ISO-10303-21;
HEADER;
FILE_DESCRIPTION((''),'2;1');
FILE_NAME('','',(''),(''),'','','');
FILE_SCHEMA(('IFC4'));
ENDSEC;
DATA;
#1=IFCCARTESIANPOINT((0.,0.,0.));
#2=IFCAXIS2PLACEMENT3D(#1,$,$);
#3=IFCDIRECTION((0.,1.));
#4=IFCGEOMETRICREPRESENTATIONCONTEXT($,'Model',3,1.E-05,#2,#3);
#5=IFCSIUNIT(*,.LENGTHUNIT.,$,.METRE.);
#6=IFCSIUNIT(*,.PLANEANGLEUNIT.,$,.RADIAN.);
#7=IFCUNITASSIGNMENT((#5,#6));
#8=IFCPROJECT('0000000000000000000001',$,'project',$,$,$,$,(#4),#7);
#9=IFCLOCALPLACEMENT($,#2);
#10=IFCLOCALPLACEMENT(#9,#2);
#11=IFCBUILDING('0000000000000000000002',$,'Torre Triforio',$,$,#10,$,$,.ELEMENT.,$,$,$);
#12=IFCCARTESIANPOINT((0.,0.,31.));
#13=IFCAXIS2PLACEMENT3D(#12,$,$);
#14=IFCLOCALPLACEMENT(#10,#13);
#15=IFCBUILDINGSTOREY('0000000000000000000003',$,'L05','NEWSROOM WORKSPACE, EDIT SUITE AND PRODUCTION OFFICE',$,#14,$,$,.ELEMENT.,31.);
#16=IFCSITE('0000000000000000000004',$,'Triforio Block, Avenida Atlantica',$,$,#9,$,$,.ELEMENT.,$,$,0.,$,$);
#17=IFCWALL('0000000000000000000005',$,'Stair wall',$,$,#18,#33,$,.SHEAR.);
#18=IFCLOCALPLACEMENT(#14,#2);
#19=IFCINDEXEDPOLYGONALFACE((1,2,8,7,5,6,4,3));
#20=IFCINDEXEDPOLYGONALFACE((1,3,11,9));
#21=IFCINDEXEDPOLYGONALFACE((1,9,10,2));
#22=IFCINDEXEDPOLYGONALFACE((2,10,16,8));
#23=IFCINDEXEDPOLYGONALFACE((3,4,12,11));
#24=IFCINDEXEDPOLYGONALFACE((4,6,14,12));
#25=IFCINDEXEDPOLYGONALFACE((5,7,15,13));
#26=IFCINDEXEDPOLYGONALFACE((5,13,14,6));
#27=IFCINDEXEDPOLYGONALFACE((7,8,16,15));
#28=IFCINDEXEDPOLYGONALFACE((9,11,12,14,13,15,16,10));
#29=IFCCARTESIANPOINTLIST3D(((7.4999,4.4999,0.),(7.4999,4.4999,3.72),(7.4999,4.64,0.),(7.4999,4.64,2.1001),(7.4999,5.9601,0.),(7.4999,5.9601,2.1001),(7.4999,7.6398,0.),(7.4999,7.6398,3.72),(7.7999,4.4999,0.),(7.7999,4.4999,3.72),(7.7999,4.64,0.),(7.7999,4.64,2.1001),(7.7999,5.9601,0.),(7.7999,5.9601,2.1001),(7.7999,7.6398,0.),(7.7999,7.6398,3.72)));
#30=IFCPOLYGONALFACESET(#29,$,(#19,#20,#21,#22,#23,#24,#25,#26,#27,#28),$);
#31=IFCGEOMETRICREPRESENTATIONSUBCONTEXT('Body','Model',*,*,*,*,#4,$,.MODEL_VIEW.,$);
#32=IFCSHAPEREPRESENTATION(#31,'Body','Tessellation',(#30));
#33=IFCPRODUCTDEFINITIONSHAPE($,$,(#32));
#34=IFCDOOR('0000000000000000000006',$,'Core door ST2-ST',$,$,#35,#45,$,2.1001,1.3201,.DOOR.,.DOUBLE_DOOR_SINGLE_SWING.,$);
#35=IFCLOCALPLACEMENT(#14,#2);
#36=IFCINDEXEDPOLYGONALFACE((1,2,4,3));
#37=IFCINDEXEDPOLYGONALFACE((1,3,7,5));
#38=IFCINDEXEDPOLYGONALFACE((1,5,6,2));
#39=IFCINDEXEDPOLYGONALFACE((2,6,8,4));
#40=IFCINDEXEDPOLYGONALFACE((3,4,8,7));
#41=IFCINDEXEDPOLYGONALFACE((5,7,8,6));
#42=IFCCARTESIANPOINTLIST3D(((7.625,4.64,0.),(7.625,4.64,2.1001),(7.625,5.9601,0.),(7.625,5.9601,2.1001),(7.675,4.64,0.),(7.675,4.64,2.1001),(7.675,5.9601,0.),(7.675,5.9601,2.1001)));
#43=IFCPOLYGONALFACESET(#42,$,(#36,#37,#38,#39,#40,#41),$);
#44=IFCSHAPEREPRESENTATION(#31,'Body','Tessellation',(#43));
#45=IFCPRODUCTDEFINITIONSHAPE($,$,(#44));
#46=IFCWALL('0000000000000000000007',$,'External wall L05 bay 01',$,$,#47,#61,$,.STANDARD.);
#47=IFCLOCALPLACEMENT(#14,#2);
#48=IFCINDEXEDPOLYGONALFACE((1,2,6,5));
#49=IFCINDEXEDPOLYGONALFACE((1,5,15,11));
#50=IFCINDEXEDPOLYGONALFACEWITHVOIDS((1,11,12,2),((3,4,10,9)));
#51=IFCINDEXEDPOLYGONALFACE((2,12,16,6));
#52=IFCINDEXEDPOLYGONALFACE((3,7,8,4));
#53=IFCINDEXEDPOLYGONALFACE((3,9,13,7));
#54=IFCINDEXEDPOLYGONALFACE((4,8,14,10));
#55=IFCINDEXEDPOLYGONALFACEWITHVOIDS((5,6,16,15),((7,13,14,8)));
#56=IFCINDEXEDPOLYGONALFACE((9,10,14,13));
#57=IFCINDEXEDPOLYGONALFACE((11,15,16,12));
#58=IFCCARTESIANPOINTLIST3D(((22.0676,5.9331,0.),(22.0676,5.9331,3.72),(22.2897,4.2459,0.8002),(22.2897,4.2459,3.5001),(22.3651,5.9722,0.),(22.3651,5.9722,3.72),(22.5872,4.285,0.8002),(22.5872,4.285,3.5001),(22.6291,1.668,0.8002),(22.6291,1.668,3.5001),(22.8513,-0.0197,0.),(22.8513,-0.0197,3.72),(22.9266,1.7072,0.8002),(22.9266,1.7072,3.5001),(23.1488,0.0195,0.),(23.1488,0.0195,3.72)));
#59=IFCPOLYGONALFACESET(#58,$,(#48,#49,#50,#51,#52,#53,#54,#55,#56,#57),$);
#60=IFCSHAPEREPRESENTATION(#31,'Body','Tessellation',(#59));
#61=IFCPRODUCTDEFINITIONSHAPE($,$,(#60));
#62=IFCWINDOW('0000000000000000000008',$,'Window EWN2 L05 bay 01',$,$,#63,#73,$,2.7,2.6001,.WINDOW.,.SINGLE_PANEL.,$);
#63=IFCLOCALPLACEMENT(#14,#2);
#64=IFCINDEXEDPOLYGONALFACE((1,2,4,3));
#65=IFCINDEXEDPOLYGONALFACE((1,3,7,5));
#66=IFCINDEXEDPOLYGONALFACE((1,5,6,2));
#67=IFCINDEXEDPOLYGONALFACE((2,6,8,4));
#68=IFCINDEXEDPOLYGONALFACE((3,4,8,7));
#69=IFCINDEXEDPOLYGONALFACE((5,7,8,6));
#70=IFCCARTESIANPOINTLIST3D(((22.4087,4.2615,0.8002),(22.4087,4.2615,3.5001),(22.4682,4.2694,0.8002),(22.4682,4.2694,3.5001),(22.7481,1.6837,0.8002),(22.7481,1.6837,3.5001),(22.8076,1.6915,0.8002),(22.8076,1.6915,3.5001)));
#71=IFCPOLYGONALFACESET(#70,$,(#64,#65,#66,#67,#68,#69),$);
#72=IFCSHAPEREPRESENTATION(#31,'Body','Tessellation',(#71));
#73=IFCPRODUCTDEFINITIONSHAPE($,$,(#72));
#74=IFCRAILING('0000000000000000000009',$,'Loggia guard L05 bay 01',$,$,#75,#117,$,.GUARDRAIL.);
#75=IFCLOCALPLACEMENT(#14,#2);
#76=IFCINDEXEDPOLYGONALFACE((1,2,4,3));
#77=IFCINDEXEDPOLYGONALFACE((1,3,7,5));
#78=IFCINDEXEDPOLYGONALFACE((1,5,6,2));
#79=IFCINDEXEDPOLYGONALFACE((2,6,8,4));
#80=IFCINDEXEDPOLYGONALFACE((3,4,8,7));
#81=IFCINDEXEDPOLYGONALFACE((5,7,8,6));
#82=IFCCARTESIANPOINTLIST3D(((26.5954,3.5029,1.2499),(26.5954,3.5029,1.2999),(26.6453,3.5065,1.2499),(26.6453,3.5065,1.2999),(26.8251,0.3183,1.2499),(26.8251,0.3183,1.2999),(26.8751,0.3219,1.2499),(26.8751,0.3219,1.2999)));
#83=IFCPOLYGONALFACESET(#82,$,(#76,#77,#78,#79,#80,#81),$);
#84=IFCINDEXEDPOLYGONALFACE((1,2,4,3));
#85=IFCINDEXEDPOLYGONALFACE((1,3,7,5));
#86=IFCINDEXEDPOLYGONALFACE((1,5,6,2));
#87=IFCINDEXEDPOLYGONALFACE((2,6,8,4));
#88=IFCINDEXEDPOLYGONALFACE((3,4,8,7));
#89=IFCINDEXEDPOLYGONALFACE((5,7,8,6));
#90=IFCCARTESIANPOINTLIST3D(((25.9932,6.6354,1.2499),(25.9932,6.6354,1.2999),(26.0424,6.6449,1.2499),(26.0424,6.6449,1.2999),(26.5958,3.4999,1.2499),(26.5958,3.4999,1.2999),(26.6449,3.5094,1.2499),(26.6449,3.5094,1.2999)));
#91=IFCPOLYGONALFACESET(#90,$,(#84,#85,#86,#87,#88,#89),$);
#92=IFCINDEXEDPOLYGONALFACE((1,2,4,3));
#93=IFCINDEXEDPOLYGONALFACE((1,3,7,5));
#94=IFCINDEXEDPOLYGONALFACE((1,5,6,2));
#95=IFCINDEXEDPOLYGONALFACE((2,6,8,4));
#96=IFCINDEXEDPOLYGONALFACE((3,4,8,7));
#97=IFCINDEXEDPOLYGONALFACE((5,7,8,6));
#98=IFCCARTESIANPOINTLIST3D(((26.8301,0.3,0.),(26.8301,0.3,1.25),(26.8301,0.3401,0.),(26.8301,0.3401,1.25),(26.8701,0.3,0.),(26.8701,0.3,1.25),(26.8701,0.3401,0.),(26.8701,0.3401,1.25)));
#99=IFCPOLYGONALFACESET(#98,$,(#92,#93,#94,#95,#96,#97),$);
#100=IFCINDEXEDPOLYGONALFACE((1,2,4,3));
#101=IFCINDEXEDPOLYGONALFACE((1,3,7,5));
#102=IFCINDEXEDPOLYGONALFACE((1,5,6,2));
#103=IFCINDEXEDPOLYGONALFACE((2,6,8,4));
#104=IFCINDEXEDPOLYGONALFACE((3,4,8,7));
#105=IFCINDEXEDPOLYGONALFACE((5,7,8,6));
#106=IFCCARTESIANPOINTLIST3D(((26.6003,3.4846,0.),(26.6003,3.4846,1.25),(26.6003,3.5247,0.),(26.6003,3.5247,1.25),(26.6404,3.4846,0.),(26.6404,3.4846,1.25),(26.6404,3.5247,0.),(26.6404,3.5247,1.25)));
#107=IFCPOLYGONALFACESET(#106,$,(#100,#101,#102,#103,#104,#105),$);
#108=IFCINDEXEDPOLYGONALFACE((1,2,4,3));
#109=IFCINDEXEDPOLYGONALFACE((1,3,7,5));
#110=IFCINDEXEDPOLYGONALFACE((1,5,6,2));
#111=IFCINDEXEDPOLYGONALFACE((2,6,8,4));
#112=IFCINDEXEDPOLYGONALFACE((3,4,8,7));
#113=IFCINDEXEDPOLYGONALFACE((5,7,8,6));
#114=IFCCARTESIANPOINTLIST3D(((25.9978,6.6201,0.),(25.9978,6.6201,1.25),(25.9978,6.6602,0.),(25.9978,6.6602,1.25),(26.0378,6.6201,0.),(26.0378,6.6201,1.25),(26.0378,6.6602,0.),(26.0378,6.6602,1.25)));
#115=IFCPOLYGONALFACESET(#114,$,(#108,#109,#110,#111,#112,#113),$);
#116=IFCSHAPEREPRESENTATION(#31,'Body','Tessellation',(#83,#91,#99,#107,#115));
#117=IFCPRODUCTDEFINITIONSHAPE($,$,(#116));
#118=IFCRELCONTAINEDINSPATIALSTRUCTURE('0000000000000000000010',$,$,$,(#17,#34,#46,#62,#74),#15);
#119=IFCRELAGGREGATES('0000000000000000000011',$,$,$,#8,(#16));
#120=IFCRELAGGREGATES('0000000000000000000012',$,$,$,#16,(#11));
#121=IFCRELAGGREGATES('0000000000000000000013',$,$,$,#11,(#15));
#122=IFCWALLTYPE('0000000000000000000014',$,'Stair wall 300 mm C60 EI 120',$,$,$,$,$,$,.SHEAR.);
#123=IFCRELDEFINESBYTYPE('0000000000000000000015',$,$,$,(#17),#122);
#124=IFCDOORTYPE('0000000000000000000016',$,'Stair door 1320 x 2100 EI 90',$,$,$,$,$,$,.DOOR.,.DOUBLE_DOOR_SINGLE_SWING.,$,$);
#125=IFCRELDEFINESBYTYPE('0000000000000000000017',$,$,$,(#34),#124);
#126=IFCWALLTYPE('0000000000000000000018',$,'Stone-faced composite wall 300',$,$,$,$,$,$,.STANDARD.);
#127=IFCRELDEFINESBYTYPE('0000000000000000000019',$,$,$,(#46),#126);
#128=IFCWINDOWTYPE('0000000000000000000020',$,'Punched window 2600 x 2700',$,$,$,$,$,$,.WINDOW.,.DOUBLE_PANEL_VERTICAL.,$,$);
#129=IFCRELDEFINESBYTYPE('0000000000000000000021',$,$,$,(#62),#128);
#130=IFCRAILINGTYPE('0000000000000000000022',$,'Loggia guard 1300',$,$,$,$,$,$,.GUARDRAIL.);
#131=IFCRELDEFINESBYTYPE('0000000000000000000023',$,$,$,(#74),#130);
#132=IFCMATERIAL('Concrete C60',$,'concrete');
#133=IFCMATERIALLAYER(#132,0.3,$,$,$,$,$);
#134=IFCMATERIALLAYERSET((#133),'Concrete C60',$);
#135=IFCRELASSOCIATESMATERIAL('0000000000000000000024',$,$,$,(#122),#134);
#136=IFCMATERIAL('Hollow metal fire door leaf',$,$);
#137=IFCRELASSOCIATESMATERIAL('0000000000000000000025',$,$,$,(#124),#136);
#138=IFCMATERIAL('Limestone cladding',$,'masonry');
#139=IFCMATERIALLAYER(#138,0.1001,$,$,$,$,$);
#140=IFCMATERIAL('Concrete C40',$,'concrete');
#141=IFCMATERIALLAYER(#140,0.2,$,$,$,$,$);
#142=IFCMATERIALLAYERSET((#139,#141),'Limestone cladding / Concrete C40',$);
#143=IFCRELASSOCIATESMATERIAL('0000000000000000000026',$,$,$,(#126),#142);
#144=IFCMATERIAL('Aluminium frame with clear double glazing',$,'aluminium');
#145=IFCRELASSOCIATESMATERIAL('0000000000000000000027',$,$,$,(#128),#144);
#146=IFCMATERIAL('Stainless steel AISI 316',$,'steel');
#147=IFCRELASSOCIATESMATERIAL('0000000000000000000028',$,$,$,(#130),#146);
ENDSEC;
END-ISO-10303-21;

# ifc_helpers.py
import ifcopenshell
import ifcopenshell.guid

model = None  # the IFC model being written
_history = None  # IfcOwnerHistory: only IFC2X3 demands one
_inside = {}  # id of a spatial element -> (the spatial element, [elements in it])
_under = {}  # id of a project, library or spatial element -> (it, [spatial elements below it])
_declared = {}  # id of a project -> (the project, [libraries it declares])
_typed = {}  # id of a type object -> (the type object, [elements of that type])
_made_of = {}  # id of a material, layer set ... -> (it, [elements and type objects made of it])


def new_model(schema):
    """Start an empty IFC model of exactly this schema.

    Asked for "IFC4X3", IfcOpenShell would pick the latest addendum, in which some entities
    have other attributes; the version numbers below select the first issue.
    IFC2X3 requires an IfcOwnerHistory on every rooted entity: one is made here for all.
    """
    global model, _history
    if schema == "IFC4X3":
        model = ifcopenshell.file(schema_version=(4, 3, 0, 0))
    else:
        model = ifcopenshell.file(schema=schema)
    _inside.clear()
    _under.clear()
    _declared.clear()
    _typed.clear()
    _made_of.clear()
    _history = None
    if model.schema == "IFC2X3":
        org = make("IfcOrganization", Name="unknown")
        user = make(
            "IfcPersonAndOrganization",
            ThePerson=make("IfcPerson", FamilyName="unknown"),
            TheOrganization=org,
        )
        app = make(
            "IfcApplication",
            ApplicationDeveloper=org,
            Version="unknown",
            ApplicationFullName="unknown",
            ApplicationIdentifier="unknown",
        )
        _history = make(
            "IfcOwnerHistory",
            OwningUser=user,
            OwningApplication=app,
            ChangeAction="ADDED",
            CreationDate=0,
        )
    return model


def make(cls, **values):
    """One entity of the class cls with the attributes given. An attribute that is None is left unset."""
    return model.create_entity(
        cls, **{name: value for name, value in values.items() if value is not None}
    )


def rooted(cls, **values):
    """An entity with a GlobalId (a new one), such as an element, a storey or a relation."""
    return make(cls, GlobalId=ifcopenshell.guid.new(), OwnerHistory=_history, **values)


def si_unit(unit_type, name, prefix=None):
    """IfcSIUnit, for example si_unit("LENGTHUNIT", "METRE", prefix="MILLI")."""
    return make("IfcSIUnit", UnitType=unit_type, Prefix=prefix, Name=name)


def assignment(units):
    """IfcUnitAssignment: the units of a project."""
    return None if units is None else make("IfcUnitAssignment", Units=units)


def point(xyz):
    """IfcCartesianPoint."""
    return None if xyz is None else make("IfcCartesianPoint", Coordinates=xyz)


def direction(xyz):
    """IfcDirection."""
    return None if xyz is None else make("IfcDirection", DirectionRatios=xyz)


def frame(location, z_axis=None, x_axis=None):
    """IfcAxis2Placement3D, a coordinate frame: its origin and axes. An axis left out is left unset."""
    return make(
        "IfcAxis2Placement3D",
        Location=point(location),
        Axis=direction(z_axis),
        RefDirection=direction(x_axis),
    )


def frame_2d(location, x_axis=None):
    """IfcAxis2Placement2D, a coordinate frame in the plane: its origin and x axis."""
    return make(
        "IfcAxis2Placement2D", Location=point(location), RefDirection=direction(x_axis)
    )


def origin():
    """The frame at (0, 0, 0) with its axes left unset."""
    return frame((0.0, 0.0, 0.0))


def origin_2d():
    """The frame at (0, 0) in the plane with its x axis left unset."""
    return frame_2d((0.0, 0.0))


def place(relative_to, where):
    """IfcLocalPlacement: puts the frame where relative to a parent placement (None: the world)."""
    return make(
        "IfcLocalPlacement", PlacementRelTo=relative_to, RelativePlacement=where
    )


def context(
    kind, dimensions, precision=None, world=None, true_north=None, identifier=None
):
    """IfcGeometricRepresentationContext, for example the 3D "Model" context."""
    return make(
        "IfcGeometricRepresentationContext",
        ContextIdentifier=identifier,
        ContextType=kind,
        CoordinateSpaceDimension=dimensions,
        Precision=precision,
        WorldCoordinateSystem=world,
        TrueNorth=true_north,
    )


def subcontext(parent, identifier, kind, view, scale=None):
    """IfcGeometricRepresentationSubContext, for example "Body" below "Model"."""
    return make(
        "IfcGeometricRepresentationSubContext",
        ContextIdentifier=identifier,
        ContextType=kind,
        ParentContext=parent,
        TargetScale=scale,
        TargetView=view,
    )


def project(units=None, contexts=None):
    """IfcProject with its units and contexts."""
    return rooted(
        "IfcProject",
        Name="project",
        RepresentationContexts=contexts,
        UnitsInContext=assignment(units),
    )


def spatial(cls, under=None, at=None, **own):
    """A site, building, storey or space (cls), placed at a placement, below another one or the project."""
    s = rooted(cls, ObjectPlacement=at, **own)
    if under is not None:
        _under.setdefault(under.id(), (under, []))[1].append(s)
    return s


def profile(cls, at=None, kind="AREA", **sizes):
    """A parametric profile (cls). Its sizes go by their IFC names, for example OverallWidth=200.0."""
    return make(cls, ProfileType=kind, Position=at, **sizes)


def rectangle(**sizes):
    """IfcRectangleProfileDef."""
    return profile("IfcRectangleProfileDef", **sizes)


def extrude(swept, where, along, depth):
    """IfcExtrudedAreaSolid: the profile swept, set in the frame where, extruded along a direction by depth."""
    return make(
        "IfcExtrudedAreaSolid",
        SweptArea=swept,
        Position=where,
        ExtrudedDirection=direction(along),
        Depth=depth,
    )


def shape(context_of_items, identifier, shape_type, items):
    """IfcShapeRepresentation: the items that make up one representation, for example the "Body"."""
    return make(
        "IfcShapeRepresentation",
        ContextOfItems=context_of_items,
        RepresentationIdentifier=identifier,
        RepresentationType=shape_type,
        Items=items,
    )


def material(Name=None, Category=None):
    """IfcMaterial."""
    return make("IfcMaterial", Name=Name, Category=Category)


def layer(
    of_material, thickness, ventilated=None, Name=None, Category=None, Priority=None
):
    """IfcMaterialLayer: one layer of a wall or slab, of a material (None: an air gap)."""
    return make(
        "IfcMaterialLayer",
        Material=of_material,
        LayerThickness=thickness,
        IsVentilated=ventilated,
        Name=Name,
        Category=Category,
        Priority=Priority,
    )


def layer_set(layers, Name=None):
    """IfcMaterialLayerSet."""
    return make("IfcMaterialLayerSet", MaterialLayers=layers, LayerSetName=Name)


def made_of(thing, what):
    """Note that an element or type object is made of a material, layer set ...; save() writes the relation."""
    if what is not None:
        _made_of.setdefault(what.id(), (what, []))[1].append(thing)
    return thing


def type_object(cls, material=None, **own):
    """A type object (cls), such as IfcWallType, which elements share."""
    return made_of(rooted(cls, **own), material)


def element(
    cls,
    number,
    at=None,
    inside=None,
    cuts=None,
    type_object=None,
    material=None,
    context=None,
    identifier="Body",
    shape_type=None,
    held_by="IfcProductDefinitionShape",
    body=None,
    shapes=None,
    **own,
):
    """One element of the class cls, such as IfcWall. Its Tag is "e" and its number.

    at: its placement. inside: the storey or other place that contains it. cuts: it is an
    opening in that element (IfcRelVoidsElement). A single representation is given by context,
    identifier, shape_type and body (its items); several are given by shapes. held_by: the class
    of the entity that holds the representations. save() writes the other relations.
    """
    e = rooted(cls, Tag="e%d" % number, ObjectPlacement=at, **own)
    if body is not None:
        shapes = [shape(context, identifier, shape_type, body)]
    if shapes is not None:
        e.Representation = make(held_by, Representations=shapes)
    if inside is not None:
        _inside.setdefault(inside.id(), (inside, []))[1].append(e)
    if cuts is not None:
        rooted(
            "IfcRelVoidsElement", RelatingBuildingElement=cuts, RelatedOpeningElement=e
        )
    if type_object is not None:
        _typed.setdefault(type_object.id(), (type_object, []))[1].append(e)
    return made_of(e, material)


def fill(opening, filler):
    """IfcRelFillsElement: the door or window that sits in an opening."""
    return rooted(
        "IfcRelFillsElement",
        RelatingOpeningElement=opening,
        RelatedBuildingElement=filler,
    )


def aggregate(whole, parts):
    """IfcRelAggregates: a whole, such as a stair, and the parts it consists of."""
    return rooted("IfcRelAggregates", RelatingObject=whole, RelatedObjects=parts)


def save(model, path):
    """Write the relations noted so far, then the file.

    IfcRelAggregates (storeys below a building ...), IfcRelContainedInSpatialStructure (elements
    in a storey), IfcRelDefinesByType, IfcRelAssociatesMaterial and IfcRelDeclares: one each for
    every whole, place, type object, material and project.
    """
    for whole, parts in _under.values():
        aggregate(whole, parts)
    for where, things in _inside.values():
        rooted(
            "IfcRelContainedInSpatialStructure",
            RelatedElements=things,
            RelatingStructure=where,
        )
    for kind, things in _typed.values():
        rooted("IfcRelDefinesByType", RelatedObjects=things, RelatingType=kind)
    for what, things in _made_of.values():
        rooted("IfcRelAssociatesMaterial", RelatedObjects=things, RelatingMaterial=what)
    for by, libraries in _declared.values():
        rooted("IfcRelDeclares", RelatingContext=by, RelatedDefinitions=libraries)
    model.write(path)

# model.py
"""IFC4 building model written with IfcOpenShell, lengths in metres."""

from ifc_helpers import new_model, si_unit, direction, frame, frame_2d, origin, origin_2d, place, context, subcontext, project, spatial, rectangle, extrude, material, layer, layer_set, type_object, element, fill, save


model = new_model("IFC4")

# Units and contexts
model_context = context("Model", 3, precision=1e-05, world=origin(), true_north=direction((0.0, 1.0)))
body_context = subcontext(model_context, "Body", "Model", "MODEL_VIEW")
ifc_project = project(units=[si_unit("LENGTHUNIT", "METRE"), si_unit("PLANEANGLEUNIT", "RADIAN")], contexts=[model_context])

# Site, building, storey
site_placement = place(None, origin())
site = spatial("IfcSite", under=ifc_project, at=site_placement, Name="Triforio Block, Avenida Atlantica", CompositionType="ELEMENT", RefElevation=0.0)
building_placement = place(site_placement, origin())
building = spatial("IfcBuilding", under=site, at=building_placement, Name="Torre Triforio", CompositionType="ELEMENT")
storey_placement = place(building_placement, frame((0.0, 0.0, 31.0)))
storey = spatial("IfcBuildingStorey", under=building, at=storey_placement, Name="L05", Description="NEWSROOM WORKSPACE, EDIT SUITE AND PRODUCTION OFFICE", CompositionType="ELEMENT", Elevation=31.0)

# Shared definitions
ifc_material_1 = material(Name="Limestone cladding", Category="masonry")
ifc_material_2 = material(Name="Concrete C40", Category="concrete")

# Wall, opening, door
ifc_material_3 = material(Name="Concrete C60", Category="concrete")
ifc_layer_1 = layer(ifc_material_3, 0.3)
ifc_layer_set_1 = layer_set([ifc_layer_1], Name="Concrete C60")
wall_type_1 = type_object("IfcWallType", Name="Stair wall 300 mm C60 EI 120", PredefinedType="SHEAR", material=ifc_layer_set_1)
wall_1_placement = place(storey_placement, frame((7.6499, 4.5, 0.0), z_axis=(0.0, 0.0, 1.0), x_axis=(0.0, 1.0, 0.0)))
wall_1 = element("IfcWall", 1, at=wall_1_placement, inside=storey, type_object=wall_type_1, Name="Stair wall", PredefinedType="SHEAR", context=body_context, shape_type="SweptSolid", body=[
    extrude(rectangle(XDim=3.1399, YDim=0.3, at=frame_2d((1.5698, 0.0))), origin(), (0.0, 0.0, 1.0), 3.72),
])
opening_1_placement = place(wall_1_placement, frame((0.1399, 0.0, 0.0)))
opening_1 = element("IfcOpeningElement", 2, at=opening_1_placement, cuts=wall_1, PredefinedType="OPENING", context=body_context, shape_type="SweptSolid", body=[
    extrude(rectangle(XDim=1.3201, YDim=2.1001, at=frame_2d((0.6602, 1.05))), frame((0.0, 0.1599, 0.0), z_axis=(0.0, -1.0, 0.0), x_axis=(1.0, 0.0, 0.0)), (0.0, 0.0, 1.0), 0.3201),
])
ifc_material_4 = material(Name="Hollow metal fire door leaf")
door_type_1 = type_object("IfcDoorType", Name="Stair door 1320 x 2100 EI 90", OperationType="DOUBLE_DOOR_SINGLE_SWING", PredefinedType="DOOR", material=ifc_material_4)
door_1_placement = place(opening_1_placement, origin())
door_1 = element("IfcDoor", 3, at=door_1_placement, inside=storey, type_object=door_type_1, Name="Core door ST2-ST", OperationType="DOUBLE_DOOR_SINGLE_SWING", OverallHeight=2.1001, OverallWidth=1.3201, PredefinedType="DOOR", context=body_context, shape_type="SweptSolid", body=[
    extrude(rectangle(XDim=1.3201, YDim=2.1001, at=frame_2d((0.6602, 1.05))), frame((0.0, 0.0249, 0.0), z_axis=(0.0, -1.0, 0.0), x_axis=(1.0, 0.0, 0.0)), (0.0, 0.0, 1.0), 0.05),
])
fill(opening_1, door_1)

# Wall, opening, window
ifc_layer_2 = layer(ifc_material_1, 0.1001)
ifc_layer_3 = layer(ifc_material_2, 0.2)
ifc_layer_set_2 = layer_set([ifc_layer_2, ifc_layer_3], Name="Limestone cladding / Concrete C40")
wall_type_2 = type_object("IfcWallType", Name="Stone-faced composite wall 300", PredefinedType="STANDARD", material=ifc_layer_set_2)
wall_2_placement = place(storey_placement, frame((23.0, 0.0, 0.0), z_axis=(0.0, 0.0, 1.0), x_axis=(-0.130523, 0.991445, 0.0)))
wall_2 = element("IfcWall", 4, at=wall_2_placement, inside=storey, type_object=wall_type_2, Name="External wall L05 bay 01", PredefinedType="STANDARD", context=body_context, shape_type="SweptSolid", body=[
    extrude(rectangle(XDim=6.0042, YDim=0.3, at=frame_2d((3.002, 0.0))), origin(), (0.0, 0.0, 1.0), 3.72),
])
opening_2_placement = place(wall_2_placement, frame((1.7021, 0.0, 0.8)))
opening_2 = element("IfcOpeningElement", 5, at=opening_2_placement, cuts=wall_2, PredefinedType="OPENING", context=body_context, shape_type="SweptSolid", body=[
    extrude(rectangle(XDim=2.6001, YDim=2.7, at=frame_2d((1.3, 1.3501))), frame((0.0, 0.1599, 0.0), z_axis=(0.0, -1.0, 0.0), x_axis=(1.0, 0.0, 0.0)), (0.0, 0.0, 1.0), 0.3201),
])
ifc_material_5 = material(Name="Aluminium frame with clear double glazing", Category="aluminium")
window_type_1 = type_object("IfcWindowType", Name="Punched window 2600 x 2700", PartitioningType="DOUBLE_PANEL_VERTICAL", PredefinedType="WINDOW", material=ifc_material_5)
window_1_placement = place(opening_2_placement, origin())
window_1 = element("IfcWindow", 6, at=window_1_placement, inside=storey, type_object=window_type_1, Name="Window EWN2 L05 bay 01", OverallHeight=2.7, OverallWidth=2.6001, PartitioningType="SINGLE_PANEL", PredefinedType="WINDOW", context=body_context, shape_type="SweptSolid", body=[
    extrude(rectangle(XDim=2.6001, YDim=2.7, at=frame_2d((1.3, 1.3501))), frame((0.0, 0.03, 0.0), z_axis=(0.0, -1.0, 0.0), x_axis=(1.0, 0.0, 0.0)), (0.0, 0.0, 1.0), 0.0601),
])
fill(opening_2, window_1)

# Railing
ifc_material_6 = material(Name="Stainless steel AISI 316", Category="steel")
railing_type = type_object("IfcRailingType", Name="Loggia guard 1300", PredefinedType="GUARDRAIL", material=ifc_material_6)
railing_placement = place(storey_placement, frame((26.8501, 0.3201, 0.0)))
element("IfcRailing", 7, at=railing_placement, inside=storey, type_object=railing_type, Name="Loggia guard L05 bay 01", PredefinedType="GUARDRAIL", context=body_context, shape_type="SweptSolid", body=[
    extrude(rectangle(XDim=0.05, YDim=0.05, at=origin_2d()), frame((0.0, 0.0, 1.2749), z_axis=(-0.071953, 0.997408, 0.0), x_axis=(-0.997408, -0.071953, 0.0)), (0.0, 0.0, 1.0), 3.1929),
    extrude(rectangle(XDim=0.05, YDim=0.05, at=origin_2d()), frame((-0.2297, 3.1846, 1.2749), z_axis=(-0.188714, 0.982032, 0.0), x_axis=(-0.982032, -0.188714, 0.0)), (0.0, 0.0, 1.0), 3.1929),
    extrude(rectangle(XDim=0.04, YDim=0.04, at=origin_2d()), origin(), (0.0, 0.0, 1.0), 1.25),
    extrude(rectangle(XDim=0.04, YDim=0.04, at=origin_2d()), frame((-0.2297, 3.1846, 0.0)), (0.0, 0.0, 1.0), 1.25),
    extrude(rectangle(XDim=0.04, YDim=0.04, at=origin_2d()), frame((-0.8323, 6.3201, 0.0)), (0.0, 0.0, 1.0), 1.25),
])

save(model, "model.ifc")
